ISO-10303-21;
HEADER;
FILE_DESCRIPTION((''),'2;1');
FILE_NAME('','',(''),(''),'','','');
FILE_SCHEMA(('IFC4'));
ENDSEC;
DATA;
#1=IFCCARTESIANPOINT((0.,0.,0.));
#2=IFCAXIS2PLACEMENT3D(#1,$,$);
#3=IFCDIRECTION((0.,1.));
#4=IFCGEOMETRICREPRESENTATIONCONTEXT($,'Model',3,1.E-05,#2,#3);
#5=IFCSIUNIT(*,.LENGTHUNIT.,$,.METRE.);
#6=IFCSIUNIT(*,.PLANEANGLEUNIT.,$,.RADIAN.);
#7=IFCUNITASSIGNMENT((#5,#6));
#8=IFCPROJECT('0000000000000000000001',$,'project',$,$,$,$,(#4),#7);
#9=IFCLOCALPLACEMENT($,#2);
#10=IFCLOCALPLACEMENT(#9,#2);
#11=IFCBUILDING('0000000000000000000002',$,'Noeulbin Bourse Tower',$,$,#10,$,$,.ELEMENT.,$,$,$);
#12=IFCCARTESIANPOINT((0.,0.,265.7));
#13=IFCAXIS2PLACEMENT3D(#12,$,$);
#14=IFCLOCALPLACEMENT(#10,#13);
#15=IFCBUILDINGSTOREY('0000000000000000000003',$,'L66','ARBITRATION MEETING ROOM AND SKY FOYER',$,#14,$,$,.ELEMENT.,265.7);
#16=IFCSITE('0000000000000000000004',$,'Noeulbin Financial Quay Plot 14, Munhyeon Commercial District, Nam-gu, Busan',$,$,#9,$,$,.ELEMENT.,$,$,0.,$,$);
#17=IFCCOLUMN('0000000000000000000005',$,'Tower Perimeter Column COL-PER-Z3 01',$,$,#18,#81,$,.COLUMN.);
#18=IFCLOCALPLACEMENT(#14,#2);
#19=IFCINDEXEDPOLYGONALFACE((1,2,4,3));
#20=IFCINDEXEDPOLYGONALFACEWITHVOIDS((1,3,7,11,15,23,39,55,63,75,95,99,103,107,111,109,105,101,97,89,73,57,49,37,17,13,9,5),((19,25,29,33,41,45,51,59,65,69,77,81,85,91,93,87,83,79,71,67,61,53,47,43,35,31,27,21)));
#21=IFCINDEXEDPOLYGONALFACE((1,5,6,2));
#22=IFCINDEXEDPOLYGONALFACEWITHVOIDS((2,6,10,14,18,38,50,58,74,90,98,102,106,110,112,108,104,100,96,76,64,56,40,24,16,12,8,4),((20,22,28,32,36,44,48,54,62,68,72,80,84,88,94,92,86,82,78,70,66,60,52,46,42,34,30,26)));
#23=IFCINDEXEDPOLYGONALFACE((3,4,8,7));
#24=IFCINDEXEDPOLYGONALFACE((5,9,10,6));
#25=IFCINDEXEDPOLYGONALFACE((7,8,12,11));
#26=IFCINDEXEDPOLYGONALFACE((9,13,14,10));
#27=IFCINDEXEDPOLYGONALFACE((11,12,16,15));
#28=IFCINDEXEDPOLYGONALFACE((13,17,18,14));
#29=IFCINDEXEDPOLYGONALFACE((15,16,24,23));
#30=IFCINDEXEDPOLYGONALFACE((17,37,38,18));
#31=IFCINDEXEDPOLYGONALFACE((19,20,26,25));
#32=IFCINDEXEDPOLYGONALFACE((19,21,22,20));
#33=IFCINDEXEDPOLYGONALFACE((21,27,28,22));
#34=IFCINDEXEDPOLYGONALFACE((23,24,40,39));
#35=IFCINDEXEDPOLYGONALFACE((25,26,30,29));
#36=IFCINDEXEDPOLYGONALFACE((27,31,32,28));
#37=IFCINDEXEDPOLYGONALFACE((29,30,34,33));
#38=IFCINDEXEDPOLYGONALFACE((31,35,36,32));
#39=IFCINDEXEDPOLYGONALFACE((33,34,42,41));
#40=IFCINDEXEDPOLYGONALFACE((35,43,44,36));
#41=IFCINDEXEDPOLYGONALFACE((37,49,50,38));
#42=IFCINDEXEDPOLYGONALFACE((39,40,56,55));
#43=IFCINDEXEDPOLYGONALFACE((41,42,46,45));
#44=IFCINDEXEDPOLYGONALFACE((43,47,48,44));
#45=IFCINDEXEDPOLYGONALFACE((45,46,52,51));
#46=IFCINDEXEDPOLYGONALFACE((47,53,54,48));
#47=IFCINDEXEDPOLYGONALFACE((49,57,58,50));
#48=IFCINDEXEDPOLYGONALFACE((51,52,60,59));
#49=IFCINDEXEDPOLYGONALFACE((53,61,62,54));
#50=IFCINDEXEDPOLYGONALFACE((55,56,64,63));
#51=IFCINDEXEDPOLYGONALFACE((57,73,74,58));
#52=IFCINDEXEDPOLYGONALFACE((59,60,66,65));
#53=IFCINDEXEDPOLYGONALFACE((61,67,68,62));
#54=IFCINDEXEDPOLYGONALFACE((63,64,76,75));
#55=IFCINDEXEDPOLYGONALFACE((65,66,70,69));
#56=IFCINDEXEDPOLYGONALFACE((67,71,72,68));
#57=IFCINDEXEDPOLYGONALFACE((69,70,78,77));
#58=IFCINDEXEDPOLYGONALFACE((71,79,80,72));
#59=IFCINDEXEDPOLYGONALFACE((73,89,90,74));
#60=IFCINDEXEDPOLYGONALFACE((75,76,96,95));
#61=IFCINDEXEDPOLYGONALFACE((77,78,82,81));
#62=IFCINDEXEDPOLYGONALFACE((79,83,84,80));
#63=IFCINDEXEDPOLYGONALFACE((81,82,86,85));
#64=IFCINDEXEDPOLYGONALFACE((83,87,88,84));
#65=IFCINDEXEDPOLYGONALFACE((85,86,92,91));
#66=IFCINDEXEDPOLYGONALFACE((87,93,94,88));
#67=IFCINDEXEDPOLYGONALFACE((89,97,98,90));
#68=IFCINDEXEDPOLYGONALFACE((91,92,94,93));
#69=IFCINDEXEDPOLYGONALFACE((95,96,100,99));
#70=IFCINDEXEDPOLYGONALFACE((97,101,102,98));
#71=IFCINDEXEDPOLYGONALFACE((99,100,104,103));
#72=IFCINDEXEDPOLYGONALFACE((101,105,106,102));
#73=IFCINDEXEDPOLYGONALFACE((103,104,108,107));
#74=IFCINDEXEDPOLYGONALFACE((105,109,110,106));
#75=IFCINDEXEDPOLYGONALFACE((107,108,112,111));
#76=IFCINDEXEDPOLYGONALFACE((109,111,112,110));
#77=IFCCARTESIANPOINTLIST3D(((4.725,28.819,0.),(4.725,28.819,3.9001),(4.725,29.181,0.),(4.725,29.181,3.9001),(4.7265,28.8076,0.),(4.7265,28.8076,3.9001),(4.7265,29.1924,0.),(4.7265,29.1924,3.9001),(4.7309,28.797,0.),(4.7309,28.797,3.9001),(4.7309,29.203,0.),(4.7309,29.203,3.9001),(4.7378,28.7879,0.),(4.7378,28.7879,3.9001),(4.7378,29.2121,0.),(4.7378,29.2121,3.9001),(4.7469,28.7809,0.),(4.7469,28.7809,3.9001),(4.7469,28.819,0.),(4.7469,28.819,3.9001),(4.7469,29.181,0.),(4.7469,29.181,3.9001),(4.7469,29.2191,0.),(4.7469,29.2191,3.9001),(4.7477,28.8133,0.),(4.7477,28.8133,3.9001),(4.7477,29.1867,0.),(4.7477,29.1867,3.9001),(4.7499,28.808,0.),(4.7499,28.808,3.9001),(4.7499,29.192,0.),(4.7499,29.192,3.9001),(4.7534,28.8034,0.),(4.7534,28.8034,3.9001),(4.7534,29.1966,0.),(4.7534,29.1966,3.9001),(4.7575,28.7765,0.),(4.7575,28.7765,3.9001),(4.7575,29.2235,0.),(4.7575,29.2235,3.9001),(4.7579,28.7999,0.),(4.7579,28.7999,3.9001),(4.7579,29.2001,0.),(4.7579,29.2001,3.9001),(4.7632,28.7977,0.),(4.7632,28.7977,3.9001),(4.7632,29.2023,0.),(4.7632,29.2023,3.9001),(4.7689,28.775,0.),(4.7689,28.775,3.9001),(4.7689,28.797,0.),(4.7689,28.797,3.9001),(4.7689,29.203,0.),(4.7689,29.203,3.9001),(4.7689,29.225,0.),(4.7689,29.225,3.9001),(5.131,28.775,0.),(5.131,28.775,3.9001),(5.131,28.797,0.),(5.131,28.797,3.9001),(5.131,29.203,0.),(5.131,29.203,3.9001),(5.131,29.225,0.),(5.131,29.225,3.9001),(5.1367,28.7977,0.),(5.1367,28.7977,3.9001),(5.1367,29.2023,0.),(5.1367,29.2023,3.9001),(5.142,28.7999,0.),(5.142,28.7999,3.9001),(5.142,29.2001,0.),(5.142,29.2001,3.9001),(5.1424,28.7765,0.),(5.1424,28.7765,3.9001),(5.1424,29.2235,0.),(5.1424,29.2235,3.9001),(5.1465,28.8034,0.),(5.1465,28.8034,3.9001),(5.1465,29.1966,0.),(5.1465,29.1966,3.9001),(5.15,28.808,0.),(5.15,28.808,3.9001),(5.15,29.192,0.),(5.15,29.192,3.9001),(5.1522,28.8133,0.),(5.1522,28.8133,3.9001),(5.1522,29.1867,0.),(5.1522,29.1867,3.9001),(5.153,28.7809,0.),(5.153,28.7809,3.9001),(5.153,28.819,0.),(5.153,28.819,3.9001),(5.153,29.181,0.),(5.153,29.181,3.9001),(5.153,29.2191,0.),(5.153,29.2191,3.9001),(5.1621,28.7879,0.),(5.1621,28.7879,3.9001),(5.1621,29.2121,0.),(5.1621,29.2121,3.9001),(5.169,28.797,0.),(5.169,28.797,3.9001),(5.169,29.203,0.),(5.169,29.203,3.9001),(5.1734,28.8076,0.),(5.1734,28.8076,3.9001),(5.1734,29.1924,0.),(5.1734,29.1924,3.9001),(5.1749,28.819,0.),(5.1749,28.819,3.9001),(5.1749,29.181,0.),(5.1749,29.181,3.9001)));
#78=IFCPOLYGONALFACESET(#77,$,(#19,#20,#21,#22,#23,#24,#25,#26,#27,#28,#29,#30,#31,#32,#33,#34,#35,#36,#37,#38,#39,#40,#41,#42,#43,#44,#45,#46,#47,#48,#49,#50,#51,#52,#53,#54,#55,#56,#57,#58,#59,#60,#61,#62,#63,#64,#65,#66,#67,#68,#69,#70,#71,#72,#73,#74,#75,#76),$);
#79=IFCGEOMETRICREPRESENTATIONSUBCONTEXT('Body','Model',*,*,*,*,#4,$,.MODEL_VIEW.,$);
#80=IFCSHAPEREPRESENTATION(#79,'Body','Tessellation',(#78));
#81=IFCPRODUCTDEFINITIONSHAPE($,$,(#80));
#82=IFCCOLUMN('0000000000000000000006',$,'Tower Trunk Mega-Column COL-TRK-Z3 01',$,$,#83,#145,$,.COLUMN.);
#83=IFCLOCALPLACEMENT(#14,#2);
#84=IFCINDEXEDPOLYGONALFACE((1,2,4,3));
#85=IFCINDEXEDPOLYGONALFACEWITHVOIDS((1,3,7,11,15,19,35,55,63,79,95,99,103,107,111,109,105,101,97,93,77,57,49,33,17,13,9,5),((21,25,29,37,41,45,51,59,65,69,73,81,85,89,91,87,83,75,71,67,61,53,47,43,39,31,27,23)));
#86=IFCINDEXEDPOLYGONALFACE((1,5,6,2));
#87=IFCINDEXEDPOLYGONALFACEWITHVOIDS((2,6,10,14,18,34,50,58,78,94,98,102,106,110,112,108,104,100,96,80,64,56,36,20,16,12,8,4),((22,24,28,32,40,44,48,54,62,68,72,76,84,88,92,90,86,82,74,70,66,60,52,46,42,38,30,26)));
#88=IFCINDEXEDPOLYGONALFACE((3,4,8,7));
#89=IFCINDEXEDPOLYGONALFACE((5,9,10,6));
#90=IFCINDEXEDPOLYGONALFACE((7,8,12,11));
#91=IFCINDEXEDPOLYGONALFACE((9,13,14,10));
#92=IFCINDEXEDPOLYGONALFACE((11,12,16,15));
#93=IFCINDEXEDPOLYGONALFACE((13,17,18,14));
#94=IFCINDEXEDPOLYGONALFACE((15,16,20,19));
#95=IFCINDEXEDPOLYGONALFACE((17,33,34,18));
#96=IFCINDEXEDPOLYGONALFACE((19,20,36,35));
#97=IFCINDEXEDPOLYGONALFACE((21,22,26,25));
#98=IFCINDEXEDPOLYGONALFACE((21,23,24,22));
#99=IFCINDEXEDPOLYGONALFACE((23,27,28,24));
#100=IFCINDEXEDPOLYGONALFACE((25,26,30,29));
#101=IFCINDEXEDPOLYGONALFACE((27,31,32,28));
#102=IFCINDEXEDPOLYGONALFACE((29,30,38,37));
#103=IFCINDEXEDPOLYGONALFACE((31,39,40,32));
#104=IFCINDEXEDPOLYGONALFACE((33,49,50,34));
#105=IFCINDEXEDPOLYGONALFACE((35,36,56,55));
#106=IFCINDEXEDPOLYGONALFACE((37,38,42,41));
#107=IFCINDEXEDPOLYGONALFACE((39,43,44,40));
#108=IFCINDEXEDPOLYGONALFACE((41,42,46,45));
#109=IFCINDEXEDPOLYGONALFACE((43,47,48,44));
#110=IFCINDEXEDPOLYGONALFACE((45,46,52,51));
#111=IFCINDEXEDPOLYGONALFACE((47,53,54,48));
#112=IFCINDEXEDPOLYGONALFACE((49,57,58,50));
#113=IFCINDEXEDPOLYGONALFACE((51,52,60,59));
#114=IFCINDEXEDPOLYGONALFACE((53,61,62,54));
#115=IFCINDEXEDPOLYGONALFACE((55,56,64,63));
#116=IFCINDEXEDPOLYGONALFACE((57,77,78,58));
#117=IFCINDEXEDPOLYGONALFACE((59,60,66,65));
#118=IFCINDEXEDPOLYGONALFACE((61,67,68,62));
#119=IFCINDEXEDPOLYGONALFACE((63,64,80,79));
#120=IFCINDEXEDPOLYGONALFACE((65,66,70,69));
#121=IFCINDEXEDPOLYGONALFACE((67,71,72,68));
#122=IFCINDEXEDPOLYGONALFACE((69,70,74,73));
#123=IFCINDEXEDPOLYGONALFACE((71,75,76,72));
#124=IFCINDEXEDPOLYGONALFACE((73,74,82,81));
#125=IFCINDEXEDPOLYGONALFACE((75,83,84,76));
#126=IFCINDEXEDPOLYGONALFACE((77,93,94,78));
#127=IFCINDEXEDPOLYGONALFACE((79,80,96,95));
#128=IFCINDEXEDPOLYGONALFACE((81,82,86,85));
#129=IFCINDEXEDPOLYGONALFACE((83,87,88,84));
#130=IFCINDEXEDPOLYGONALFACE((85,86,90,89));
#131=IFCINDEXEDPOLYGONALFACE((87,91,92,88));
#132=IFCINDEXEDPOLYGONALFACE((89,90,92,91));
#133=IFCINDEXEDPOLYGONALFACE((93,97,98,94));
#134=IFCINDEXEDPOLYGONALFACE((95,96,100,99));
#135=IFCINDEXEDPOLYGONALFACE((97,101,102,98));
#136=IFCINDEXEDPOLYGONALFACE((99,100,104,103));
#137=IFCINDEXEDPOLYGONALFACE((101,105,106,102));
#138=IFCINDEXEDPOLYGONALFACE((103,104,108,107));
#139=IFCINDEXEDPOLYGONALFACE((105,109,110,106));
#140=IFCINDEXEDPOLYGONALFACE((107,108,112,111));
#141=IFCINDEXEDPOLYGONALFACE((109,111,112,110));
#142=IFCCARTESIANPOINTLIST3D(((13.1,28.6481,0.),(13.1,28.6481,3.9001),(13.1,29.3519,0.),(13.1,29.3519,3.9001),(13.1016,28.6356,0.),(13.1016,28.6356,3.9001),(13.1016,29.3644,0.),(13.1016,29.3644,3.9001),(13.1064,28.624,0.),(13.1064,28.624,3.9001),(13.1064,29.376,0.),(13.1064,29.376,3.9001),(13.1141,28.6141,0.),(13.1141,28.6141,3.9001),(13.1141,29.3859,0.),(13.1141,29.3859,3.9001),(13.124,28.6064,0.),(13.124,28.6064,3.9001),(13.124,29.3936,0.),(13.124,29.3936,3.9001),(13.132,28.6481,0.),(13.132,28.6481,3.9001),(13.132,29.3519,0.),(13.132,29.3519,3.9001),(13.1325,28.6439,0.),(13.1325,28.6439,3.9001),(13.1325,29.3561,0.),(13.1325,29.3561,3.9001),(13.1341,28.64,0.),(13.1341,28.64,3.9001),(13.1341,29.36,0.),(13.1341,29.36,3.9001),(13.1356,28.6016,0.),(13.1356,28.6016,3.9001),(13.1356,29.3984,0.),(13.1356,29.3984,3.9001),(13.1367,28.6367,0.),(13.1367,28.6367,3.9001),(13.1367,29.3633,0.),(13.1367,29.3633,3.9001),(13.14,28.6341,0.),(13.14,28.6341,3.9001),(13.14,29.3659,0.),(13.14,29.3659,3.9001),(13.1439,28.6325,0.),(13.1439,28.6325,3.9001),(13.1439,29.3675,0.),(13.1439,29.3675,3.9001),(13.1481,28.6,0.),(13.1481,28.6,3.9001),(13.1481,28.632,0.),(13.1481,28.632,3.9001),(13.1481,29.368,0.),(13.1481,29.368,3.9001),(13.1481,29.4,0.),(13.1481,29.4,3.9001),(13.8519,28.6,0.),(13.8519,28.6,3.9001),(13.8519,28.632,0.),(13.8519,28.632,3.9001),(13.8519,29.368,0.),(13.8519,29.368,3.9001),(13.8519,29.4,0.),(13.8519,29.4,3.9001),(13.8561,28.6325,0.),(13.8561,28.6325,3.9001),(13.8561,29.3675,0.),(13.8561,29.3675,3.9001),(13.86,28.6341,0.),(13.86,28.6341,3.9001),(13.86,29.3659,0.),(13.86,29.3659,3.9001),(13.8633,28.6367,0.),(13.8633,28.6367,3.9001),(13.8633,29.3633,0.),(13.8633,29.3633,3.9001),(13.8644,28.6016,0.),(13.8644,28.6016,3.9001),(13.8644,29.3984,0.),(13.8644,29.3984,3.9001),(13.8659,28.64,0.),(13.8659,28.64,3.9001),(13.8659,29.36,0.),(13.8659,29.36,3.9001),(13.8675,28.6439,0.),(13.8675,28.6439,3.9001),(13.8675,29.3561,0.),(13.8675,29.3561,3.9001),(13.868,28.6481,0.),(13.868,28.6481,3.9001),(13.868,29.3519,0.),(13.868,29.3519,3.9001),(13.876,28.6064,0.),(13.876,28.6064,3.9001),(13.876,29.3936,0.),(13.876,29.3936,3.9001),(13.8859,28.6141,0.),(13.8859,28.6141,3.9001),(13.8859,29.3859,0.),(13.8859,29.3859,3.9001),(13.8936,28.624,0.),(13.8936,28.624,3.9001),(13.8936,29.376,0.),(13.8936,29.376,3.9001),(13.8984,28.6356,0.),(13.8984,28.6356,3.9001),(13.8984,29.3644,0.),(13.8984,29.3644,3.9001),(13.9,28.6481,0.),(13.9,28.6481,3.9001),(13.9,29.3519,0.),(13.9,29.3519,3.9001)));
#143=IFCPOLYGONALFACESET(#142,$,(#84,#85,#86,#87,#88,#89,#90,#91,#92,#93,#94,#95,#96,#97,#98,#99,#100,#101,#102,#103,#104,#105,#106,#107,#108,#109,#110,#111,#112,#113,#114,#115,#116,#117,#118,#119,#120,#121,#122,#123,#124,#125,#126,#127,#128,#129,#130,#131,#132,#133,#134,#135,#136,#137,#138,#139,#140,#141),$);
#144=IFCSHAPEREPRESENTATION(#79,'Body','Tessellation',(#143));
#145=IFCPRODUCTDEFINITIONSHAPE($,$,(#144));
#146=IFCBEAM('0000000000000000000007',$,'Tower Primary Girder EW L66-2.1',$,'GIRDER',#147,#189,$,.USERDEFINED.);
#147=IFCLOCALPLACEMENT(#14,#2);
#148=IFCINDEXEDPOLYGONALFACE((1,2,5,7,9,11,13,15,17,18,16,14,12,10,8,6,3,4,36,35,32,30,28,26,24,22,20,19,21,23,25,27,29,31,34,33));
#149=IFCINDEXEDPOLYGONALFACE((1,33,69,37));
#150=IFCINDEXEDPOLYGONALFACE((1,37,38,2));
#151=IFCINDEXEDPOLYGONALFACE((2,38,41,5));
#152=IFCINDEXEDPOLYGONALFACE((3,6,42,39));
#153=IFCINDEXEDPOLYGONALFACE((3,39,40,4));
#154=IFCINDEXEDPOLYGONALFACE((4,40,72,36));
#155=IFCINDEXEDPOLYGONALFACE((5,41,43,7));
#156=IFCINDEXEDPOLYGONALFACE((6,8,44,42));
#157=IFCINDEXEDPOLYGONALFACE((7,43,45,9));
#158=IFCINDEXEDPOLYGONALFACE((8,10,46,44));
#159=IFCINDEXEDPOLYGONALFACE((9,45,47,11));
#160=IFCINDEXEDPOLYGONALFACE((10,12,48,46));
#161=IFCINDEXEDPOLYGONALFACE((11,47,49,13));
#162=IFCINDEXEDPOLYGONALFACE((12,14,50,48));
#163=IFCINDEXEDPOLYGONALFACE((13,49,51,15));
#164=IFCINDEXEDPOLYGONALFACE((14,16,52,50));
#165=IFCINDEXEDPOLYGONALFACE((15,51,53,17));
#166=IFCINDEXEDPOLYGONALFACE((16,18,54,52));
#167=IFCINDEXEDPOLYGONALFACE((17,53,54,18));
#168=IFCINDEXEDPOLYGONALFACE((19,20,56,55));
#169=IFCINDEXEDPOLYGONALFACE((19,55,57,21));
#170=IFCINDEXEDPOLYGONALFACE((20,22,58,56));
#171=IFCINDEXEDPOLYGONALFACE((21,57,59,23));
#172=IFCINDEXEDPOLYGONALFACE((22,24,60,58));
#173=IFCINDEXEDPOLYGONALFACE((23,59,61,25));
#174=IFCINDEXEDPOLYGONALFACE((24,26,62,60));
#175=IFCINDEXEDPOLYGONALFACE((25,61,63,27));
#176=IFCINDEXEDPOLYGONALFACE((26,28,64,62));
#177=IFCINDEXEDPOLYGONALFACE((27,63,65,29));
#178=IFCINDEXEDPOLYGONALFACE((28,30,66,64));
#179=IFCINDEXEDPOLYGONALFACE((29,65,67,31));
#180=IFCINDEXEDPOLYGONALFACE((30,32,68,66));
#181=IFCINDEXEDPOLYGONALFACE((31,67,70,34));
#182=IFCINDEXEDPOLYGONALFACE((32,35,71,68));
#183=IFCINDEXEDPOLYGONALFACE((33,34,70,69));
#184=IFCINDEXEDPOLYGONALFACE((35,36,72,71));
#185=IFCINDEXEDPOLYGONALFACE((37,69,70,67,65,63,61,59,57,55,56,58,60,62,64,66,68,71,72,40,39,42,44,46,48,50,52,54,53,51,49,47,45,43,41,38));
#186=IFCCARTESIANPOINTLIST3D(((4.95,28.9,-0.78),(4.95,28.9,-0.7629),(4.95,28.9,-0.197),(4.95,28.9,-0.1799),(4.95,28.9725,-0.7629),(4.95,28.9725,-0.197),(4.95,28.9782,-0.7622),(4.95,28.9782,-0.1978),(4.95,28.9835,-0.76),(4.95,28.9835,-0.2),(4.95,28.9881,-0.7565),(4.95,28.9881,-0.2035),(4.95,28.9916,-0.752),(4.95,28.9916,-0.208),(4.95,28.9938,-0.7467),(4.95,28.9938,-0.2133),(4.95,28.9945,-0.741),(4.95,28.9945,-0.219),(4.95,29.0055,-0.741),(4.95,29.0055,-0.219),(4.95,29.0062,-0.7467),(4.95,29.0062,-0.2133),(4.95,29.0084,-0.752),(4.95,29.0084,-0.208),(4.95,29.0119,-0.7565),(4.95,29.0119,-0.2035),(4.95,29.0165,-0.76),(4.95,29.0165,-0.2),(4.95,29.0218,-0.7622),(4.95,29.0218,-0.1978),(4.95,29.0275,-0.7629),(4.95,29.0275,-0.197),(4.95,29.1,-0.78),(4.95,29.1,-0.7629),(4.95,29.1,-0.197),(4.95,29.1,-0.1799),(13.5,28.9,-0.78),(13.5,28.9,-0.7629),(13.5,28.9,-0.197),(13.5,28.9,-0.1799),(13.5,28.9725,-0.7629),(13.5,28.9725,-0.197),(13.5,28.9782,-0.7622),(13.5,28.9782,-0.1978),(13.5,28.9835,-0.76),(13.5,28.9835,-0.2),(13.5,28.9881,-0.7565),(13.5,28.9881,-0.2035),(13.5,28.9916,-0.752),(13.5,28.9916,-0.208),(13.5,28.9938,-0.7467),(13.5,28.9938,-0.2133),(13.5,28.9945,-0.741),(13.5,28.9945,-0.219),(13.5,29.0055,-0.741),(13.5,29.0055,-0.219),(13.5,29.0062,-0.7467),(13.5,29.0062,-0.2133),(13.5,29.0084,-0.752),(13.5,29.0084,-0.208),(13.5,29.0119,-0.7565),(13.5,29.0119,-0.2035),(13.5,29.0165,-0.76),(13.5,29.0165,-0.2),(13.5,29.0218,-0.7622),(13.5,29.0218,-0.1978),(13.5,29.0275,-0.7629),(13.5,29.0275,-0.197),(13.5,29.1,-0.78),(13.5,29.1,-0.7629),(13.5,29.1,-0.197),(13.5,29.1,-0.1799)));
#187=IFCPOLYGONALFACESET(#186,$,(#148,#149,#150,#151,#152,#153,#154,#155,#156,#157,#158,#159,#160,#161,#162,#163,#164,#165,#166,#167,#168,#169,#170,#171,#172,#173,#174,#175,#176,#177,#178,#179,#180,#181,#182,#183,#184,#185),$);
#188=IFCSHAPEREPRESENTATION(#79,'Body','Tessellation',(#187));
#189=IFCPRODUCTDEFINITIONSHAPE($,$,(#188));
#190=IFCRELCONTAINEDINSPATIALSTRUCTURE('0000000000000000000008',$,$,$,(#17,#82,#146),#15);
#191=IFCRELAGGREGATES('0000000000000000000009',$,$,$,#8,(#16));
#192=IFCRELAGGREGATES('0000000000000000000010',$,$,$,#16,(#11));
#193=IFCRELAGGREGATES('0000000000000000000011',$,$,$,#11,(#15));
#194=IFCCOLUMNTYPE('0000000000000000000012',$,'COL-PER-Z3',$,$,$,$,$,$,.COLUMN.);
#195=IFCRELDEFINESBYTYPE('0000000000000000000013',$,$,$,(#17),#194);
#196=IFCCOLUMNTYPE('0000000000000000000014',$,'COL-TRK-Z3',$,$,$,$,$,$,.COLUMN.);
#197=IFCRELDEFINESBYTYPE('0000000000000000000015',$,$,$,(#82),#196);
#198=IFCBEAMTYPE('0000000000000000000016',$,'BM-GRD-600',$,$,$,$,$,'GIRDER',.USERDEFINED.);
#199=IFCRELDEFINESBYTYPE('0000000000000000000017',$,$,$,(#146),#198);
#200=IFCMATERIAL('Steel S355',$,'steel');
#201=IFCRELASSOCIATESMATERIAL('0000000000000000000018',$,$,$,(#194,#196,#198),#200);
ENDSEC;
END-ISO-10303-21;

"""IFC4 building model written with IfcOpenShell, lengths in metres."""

from ifc_helpers import new_model, si_unit, direction, frame, origin, origin_2d, place, context, subcontext, project, spatial, hollow_rectangle, i_section, extrude, material, material_profile, profile_set, type_object, element, save


model = new_model("IFC4")

# Units and contexts
model_context = context("Model", 3, precision=1e-05, world=origin(), true_north=direction((0.0, 1.0)))
body_context = subcontext(model_context, "Body", "Model", "MODEL_VIEW")
ifc_project = project(units=[si_unit("LENGTHUNIT", "METRE"), si_unit("PLANEANGLEUNIT", "RADIAN")], contexts=[model_context])

# Site, building, storey
site_placement = place(None, origin())
site = spatial("IfcSite", under=ifc_project, at=site_placement, Name="Noeulbin Financial Quay Plot 14, Munhyeon Commercial District, Nam-gu, Busan", CompositionType="ELEMENT", RefElevation=0.0)
building_placement = place(site_placement, origin())
building = spatial("IfcBuilding", under=site, at=building_placement, Name="Noeulbin Bourse Tower", CompositionType="ELEMENT")
storey_placement = place(building_placement, frame((0.0, 0.0, 265.7)))
storey = spatial("IfcBuildingStorey", under=building, at=storey_placement, Name="L66", Description="ARBITRATION MEETING ROOM AND SKY FOYER", CompositionType="ELEMENT", Elevation=265.7)

# Columns
ifc_material_1 = material(Name="Steel S355", Category="steel")
ifc_material_profile_1 = material_profile(ifc_material_1, hollow_rectangle(XDim=0.45, YDim=0.45, WallThickness=0.022, InnerFilletRadius=0.022, OuterFilletRadius=0.0439, at=origin_2d()), Name="SHS-450x450x22", Category="LoadBearing")
ifc_profile_set_1 = profile_set([ifc_material_profile_1], Name="Steel S355")
column_type_1 = type_object("IfcColumnType", Name="COL-PER-Z3", PredefinedType="COLUMN", material=ifc_profile_set_1)
column_1_placement = place(storey_placement, frame((4.95, 29.0, 0.0), z_axis=(0.0, 0.0, 1.0), x_axis=(1.0, 0.0, 0.0)))
element("IfcColumn", 1, at=column_1_placement, inside=storey, type_object=column_type_1, Name="Tower Perimeter Column COL-PER-Z3 01", PredefinedType="COLUMN", context=body_context, shape_type="SweptSolid", body=[
    extrude(hollow_rectangle(XDim=0.45, YDim=0.45, WallThickness=0.022, InnerFilletRadius=0.022, OuterFilletRadius=0.0439, at=origin_2d()), origin(), (0.0, 0.0, 1.0), 3.9001),
])
ifc_material_profile_2 = material_profile(ifc_material_1, hollow_rectangle(XDim=0.8, YDim=0.8, WallThickness=0.032, InnerFilletRadius=0.0161, OuterFilletRadius=0.0481, at=origin_2d()), Name="BOX-800x800x32", Category="LoadBearing")
ifc_profile_set_2 = profile_set([ifc_material_profile_2], Name="Steel S355")
column_type_2 = type_object("IfcColumnType", Name="COL-TRK-Z3", PredefinedType="COLUMN", material=ifc_profile_set_2)
column_2_placement = place(storey_placement, frame((13.5, 29.0, 0.0), z_axis=(0.0, 0.0, 1.0), x_axis=(1.0, 0.0, 0.0)))
element("IfcColumn", 2, at=column_2_placement, inside=storey, type_object=column_type_2, Name="Tower Trunk Mega-Column COL-TRK-Z3 01", PredefinedType="COLUMN", context=body_context, shape_type="SweptSolid", body=[
    extrude(hollow_rectangle(XDim=0.8, YDim=0.8, WallThickness=0.032, InnerFilletRadius=0.0161, OuterFilletRadius=0.0481, at=origin_2d()), origin(), (0.0, 0.0, 1.0), 3.9001),
])

# Beam
ifc_material_profile_3 = material_profile(ifc_material_1, i_section(OverallWidth=0.2, OverallDepth=0.6001, WebThickness=0.011, FlangeThickness=0.0171, FilletRadius=0.022, at=origin_2d()), Name="H-600x200x11x17", Category="LoadBearing")
ifc_profile_set_3 = profile_set([ifc_material_profile_3], Name="Steel S355")
beam_type = type_object("IfcBeamType", Name="BM-GRD-600", ElementType="GIRDER", PredefinedType="USERDEFINED", material=ifc_profile_set_3)
beam_placement = place(storey_placement, frame((4.95, 29.0, -0.48), z_axis=(1.0, 0.0, 0.0), x_axis=(0.0, 1.0, 0.0)))
element("IfcBeam", 3, at=beam_placement, inside=storey, type_object=beam_type, Name="Tower Primary Girder EW L66-2.1", ObjectType="GIRDER", PredefinedType="USERDEFINED", context=body_context, shape_type="SweptSolid", body=[
    extrude(i_section(OverallWidth=0.2, OverallDepth=0.6001, WebThickness=0.011, FlangeThickness=0.0171, FilletRadius=0.022, at=origin_2d()), origin(), (0.0, 0.0, 1.0), 8.55),
])

save(model, "model.ifc")
